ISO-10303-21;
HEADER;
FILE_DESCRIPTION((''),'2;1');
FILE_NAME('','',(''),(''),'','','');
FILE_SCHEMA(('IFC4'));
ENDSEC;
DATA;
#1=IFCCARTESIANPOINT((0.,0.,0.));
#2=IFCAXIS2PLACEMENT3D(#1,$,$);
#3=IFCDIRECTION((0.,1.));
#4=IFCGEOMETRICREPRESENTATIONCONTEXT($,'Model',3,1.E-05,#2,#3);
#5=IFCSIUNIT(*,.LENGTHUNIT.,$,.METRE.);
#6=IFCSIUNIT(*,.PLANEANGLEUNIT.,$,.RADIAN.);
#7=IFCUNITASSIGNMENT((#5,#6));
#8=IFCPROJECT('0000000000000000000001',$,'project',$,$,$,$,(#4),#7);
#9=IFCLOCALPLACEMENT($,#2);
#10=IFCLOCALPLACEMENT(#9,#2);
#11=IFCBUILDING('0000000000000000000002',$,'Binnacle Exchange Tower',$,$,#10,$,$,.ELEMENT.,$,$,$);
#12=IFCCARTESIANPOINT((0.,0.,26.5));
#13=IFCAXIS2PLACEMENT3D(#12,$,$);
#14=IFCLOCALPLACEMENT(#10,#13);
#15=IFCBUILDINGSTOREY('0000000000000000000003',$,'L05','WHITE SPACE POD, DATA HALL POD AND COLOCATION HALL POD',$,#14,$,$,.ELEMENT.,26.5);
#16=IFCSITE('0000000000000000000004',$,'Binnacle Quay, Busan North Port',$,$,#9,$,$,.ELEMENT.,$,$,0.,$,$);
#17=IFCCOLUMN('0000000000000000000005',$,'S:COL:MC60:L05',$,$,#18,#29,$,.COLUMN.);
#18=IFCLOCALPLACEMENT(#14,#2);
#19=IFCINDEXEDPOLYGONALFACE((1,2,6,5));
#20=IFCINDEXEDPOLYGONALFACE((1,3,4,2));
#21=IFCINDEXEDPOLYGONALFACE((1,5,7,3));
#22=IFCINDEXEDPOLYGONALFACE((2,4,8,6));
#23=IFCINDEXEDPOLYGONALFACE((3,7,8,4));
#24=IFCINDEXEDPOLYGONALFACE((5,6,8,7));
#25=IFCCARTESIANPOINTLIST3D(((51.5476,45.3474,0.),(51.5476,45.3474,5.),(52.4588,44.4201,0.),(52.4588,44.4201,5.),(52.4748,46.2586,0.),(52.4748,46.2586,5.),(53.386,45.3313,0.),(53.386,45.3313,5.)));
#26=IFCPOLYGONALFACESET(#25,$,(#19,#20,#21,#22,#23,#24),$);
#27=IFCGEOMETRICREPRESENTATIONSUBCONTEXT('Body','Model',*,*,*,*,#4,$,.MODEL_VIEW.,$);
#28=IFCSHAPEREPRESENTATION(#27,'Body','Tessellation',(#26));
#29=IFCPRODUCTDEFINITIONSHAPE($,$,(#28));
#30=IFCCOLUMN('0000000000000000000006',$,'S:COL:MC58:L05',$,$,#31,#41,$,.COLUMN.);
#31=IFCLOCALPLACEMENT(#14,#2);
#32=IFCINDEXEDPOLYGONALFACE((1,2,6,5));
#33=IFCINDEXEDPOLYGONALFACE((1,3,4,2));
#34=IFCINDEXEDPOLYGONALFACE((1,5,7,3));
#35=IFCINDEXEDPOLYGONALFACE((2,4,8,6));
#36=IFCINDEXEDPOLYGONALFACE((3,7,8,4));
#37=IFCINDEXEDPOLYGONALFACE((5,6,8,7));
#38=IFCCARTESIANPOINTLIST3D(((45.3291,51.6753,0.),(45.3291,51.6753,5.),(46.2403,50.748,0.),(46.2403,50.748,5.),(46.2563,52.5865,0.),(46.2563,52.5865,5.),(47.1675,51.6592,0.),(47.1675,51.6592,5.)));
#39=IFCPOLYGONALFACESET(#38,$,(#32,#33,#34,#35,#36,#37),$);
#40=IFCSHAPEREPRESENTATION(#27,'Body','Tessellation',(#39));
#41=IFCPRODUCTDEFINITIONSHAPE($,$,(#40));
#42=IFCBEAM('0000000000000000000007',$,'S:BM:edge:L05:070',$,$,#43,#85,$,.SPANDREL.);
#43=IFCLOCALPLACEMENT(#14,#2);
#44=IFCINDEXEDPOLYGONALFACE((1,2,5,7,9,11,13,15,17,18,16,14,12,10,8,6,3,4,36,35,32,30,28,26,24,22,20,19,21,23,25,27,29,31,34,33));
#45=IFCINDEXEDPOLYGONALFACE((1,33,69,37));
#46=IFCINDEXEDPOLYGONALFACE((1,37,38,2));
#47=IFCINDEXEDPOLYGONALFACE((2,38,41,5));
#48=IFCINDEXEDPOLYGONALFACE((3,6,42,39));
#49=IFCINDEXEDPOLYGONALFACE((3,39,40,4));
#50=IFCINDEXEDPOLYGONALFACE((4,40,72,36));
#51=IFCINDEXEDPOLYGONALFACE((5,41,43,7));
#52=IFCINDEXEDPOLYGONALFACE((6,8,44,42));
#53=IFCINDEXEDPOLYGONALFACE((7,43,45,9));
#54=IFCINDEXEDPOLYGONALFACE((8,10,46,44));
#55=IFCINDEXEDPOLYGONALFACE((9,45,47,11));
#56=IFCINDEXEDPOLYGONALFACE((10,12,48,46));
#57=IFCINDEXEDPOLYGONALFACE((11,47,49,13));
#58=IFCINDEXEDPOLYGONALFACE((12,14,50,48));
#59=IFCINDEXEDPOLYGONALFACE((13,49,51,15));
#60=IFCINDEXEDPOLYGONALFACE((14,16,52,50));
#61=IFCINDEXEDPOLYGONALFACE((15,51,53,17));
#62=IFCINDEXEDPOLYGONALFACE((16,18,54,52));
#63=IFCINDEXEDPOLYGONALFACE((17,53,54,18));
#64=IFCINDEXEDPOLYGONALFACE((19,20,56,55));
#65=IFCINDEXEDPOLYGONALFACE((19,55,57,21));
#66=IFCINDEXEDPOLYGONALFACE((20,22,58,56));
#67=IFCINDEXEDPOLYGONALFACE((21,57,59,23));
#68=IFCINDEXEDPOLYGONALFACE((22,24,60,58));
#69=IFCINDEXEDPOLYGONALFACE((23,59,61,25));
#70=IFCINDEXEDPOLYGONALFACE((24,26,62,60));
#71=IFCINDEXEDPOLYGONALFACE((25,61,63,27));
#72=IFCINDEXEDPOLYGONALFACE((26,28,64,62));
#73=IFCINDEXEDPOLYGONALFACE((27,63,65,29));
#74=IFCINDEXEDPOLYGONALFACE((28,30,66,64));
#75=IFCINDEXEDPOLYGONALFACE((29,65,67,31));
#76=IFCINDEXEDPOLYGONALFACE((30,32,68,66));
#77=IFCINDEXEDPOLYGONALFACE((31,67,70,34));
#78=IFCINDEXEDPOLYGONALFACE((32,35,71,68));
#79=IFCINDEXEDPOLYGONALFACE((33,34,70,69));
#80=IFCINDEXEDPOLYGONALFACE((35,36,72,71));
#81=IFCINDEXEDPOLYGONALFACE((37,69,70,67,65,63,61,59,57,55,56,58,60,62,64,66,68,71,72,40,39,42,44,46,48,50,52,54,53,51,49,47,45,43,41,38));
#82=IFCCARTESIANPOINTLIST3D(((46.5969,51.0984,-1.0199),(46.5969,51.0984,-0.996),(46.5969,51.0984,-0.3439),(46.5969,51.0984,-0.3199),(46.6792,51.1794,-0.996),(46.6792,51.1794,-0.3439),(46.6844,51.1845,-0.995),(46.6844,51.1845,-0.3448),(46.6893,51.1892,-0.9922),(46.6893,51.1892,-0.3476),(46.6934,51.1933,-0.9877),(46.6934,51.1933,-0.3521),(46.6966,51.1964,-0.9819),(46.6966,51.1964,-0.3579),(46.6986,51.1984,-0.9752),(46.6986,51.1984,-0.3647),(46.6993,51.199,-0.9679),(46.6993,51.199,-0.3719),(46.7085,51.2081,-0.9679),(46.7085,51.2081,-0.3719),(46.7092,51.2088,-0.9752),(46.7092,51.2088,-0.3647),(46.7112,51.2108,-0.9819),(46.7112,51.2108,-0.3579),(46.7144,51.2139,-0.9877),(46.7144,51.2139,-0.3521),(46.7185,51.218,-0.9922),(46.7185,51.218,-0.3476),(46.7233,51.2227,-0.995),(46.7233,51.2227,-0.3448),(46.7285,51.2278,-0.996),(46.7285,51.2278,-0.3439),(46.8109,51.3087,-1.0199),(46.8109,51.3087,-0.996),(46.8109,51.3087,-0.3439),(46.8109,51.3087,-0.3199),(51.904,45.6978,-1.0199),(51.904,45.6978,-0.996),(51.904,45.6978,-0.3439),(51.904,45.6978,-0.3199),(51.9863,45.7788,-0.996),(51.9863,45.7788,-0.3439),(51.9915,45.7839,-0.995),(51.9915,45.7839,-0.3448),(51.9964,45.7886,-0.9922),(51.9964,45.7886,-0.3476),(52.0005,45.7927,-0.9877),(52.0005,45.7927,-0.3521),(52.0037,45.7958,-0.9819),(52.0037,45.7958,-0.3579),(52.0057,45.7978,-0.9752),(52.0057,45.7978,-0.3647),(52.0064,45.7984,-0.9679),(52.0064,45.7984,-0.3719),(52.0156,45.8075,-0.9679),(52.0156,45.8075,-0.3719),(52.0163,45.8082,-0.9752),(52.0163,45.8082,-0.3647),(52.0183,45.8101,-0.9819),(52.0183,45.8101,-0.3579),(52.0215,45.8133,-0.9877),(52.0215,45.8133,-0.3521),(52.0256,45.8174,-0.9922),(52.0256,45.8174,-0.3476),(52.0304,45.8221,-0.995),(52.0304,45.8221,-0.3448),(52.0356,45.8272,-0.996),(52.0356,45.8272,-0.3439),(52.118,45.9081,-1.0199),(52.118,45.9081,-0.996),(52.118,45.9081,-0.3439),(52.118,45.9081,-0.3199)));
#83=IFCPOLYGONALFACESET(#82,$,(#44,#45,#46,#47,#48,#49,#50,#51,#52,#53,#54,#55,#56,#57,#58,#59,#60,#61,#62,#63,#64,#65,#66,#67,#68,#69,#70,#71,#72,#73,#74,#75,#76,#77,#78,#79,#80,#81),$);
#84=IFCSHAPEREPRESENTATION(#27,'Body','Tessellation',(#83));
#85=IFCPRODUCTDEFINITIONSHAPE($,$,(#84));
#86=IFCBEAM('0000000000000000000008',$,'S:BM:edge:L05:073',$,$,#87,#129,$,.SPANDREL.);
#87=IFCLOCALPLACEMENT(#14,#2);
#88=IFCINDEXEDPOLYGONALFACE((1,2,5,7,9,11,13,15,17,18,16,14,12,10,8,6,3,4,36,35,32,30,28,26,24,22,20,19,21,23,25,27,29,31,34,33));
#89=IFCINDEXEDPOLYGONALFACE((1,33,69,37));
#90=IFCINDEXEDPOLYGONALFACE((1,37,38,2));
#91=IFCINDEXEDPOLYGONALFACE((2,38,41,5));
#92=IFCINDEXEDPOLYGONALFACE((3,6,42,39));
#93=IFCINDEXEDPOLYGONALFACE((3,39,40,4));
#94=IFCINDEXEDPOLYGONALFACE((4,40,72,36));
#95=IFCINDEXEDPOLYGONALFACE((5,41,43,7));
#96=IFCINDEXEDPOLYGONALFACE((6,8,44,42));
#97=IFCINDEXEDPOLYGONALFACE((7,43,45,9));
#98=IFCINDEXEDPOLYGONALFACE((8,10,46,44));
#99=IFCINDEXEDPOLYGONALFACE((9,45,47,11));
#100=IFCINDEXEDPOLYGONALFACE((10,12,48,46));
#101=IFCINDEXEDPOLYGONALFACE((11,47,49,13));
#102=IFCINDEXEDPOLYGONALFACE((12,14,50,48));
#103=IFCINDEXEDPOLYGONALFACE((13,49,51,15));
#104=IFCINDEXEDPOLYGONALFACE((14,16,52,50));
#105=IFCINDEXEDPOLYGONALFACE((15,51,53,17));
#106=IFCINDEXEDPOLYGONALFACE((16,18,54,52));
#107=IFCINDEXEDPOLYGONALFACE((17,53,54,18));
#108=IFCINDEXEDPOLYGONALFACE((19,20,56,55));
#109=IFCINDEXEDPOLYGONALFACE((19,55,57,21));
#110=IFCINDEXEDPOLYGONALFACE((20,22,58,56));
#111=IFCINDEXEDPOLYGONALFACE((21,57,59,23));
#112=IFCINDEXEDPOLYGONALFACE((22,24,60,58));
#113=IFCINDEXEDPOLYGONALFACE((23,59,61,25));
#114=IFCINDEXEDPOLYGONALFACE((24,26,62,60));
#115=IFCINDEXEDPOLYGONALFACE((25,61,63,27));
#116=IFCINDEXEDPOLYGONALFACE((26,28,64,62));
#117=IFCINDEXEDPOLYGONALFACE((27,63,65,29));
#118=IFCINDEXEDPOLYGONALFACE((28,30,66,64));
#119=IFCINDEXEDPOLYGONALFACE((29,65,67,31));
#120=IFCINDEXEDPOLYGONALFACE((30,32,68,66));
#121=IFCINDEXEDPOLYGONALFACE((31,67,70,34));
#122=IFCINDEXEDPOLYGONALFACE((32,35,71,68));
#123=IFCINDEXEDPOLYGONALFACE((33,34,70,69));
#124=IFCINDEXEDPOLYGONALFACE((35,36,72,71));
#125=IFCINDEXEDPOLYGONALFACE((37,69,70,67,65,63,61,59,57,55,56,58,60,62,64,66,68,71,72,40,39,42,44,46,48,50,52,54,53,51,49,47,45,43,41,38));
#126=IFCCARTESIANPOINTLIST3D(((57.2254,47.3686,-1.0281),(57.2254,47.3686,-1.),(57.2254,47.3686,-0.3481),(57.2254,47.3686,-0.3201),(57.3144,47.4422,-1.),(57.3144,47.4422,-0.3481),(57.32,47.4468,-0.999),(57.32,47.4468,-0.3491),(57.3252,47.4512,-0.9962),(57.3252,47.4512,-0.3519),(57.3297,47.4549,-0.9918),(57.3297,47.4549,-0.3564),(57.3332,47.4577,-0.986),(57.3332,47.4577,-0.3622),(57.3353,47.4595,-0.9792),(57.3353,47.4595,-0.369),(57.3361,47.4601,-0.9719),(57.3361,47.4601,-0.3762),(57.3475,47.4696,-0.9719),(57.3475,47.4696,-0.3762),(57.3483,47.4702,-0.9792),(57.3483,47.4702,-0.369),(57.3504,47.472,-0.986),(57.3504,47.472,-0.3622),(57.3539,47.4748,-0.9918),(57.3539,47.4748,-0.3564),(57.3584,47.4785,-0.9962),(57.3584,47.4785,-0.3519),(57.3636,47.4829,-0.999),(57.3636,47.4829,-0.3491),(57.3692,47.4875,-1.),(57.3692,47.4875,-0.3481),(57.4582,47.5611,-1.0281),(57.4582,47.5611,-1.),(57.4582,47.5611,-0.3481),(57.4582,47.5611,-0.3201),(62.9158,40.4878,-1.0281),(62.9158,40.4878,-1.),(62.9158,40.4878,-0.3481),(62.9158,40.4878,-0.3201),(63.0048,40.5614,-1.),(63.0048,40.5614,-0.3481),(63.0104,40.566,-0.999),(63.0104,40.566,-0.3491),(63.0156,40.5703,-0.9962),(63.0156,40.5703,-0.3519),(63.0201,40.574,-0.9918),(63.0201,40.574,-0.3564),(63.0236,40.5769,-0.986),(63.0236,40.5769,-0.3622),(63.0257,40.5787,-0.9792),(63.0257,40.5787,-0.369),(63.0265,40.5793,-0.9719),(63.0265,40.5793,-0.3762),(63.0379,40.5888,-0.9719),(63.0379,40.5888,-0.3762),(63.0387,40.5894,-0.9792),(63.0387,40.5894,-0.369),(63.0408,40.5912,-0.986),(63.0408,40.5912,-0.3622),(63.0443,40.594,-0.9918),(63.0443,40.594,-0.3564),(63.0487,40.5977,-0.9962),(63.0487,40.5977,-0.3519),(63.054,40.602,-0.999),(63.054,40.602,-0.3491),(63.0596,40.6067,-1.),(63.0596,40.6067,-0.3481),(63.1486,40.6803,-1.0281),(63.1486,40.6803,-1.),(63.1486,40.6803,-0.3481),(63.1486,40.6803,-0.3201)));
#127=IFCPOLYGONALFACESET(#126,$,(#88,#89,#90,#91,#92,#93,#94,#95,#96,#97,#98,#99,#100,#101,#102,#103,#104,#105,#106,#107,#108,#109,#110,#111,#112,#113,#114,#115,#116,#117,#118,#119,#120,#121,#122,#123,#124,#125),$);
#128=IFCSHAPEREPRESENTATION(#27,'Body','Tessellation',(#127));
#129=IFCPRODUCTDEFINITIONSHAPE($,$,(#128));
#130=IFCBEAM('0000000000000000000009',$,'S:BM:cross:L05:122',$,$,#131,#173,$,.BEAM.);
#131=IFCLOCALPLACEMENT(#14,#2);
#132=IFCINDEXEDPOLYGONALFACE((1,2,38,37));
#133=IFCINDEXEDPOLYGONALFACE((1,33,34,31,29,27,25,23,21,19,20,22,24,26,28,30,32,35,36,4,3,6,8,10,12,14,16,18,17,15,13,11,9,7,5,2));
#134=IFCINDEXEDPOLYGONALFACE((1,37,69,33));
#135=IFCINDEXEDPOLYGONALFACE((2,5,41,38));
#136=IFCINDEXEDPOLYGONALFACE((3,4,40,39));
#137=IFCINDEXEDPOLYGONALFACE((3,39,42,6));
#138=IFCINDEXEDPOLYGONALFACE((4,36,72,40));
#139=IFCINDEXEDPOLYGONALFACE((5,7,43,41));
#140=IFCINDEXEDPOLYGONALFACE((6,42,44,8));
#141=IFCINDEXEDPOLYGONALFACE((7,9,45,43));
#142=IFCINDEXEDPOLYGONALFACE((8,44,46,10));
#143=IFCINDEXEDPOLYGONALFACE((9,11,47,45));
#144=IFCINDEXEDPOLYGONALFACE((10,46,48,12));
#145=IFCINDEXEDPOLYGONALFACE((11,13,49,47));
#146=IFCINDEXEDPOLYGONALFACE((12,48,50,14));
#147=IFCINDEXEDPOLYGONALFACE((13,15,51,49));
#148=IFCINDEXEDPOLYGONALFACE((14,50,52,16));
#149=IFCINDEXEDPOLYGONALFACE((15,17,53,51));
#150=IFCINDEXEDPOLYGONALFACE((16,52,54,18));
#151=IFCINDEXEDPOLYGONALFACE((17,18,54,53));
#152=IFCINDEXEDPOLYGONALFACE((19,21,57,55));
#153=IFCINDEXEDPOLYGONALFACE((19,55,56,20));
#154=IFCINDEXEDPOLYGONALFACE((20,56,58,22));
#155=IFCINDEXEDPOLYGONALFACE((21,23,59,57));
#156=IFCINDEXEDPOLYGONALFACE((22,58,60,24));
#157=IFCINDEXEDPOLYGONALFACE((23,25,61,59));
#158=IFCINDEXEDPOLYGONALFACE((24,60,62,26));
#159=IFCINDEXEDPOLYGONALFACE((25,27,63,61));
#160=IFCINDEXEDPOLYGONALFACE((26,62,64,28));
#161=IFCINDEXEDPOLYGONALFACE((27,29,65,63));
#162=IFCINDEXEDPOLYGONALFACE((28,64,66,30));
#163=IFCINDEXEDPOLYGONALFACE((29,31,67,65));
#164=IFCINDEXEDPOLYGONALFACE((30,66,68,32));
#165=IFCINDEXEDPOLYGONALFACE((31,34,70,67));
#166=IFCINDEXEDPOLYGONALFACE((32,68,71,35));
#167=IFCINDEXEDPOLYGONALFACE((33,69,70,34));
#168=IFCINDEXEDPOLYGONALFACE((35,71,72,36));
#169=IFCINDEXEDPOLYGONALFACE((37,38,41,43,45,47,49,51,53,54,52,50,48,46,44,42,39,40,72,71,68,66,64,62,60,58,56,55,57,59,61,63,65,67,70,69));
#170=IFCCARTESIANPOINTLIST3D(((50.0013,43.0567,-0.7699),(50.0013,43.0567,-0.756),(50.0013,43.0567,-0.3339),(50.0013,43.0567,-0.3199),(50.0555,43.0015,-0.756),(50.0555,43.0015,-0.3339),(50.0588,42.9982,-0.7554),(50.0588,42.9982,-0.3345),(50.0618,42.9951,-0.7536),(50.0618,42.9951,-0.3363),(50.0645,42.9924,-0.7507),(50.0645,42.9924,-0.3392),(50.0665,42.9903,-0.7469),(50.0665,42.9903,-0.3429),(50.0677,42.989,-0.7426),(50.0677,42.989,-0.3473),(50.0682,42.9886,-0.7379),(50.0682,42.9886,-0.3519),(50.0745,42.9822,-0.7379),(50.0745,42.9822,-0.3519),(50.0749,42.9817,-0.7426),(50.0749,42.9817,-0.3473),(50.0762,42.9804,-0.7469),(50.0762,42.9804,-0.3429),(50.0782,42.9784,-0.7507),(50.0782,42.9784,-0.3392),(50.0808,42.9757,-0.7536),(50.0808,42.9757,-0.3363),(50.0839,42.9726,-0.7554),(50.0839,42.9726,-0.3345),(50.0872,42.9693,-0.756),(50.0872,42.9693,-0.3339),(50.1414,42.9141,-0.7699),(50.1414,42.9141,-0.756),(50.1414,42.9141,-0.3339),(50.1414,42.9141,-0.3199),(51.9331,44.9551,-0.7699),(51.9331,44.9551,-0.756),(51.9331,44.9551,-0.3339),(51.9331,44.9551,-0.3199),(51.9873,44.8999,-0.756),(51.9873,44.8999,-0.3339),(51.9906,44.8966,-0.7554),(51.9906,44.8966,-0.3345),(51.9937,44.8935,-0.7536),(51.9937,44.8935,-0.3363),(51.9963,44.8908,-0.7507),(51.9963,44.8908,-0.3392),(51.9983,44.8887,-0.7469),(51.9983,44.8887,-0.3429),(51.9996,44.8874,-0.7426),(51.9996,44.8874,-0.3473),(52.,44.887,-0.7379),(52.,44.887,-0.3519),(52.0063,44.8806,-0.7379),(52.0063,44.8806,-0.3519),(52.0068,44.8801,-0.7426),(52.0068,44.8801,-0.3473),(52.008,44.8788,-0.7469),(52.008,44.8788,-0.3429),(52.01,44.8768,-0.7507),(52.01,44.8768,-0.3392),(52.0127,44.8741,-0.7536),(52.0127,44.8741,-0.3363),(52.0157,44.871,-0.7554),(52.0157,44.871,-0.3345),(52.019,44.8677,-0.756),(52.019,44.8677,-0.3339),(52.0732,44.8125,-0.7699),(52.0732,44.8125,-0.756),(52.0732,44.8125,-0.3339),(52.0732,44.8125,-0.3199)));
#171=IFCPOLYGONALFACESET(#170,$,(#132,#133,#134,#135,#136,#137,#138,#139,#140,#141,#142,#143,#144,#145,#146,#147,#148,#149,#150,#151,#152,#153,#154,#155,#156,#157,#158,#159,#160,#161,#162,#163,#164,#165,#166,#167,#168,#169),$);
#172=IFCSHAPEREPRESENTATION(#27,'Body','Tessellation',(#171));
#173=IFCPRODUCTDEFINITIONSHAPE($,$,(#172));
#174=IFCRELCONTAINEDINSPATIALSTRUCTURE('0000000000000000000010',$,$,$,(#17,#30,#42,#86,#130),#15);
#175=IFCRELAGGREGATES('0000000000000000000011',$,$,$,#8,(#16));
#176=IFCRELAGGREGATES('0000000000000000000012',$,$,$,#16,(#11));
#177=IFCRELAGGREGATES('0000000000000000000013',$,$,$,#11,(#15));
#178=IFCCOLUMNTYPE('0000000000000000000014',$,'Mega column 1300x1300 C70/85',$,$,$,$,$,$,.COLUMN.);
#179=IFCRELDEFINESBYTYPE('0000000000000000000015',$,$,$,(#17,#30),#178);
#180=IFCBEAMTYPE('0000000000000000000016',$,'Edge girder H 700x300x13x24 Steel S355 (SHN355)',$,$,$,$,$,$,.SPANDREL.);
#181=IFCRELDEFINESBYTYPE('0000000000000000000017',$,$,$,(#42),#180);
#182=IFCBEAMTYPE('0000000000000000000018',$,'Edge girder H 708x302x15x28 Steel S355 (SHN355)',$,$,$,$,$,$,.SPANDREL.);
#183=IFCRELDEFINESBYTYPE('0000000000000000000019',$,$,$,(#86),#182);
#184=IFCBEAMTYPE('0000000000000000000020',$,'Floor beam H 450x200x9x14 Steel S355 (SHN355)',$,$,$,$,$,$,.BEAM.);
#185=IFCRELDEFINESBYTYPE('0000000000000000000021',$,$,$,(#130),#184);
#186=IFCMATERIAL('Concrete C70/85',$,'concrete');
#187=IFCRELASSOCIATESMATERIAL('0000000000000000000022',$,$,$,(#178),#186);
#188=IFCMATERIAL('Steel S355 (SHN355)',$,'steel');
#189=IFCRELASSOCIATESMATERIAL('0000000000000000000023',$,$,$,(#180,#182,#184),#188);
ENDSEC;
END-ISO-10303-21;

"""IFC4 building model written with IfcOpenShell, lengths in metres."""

from ifc_helpers import new_model, si_unit, direction, frame, origin, origin_2d, place, context, subcontext, project, spatial, rectangle, i_section, extrude, material, material_profile, profile_set, type_object, element, save


model = new_model("IFC4")

# Units and contexts
model_context = context("Model", 3, precision=1e-05, world=origin(), true_north=direction((0.0, 1.0)))
body_context = subcontext(model_context, "Body", "Model", "MODEL_VIEW")
ifc_project = project(units=[si_unit("LENGTHUNIT", "METRE"), si_unit("PLANEANGLEUNIT", "RADIAN")], contexts=[model_context])

# Site, building, storey
site_placement = place(None, origin())
site = spatial("IfcSite", under=ifc_project, at=site_placement, Name="Binnacle Quay, Busan North Port", CompositionType="ELEMENT", RefElevation=0.0)
building_placement = place(site_placement, origin())
building = spatial("IfcBuilding", under=site, at=building_placement, Name="Binnacle Exchange Tower", CompositionType="ELEMENT")
storey_placement = place(building_placement, frame((0.0, 0.0, 26.5)))
storey = spatial("IfcBuildingStorey", under=building, at=storey_placement, Name="L05", Description="WHITE SPACE POD, DATA HALL POD AND COLOCATION HALL POD", CompositionType="ELEMENT", Elevation=26.5)

# Columns
ifc_material_1 = material(Name="Concrete C70/85", Category="concrete")
ifc_material_profile_1 = material_profile(ifc_material_1, rectangle(XDim=1.3, YDim=1.3, at=origin_2d()), Name="Mega column 1300x1300 C70/85")
ifc_profile_set_1 = profile_set([ifc_material_profile_1], Name="Concrete C70/85")
column_type = type_object("IfcColumnType", Name="Mega column 1300x1300 C70/85", PredefinedType="COLUMN", material=ifc_profile_set_1)
for number, where, z_axis, x_axis, name in (
    (1, (52.4668, 45.3394, 0.0), (0.0, 0.0, 1.0), (-0.700909, 0.71325, 0.0), "S:COL:MC60:L05"),
    (2, (46.2483, 51.6672, 0.0), (0.0, 0.0, 1.0), (-0.700909, 0.71325, 0.0), "S:COL:MC58:L05"),
):
    element("IfcColumn", number, at=place(storey_placement, frame(where, z_axis=z_axis, x_axis=x_axis)), inside=storey, type_object=column_type, Name=name, PredefinedType="COLUMN", context=body_context, shape_type="SweptSolid", body=[
        extrude(rectangle(XDim=1.3, YDim=1.3, at=origin_2d()), origin(), (0.0, 0.0, 1.0), 5.0),
    ])

# Beams
ifc_material_2 = material(Name="Steel S355 (SHN355)", Category="steel")
ifc_material_profile_2 = material_profile(ifc_material_2, i_section(OverallWidth=0.3, OverallDepth=0.7, WebThickness=0.0129, FlangeThickness=0.0239, FilletRadius=0.0281, at=origin_2d()), Name="H 700x300x13x24")
ifc_profile_set_2 = profile_set([ifc_material_profile_2], Name="Steel S355 (SHN355)")
beam_type_1 = type_object("IfcBeamType", Name="Edge girder H 700x300x13x24 Steel S355 (SHN355)", PredefinedType="SPANDREL", material=ifc_profile_set_2)
beam_1_placement = place(storey_placement, frame((52.011, 45.803, -0.6699), z_axis=(-0.700905, 0.713254, 0.0), x_axis=(-0.713254, -0.700905, 0.0)))
element("IfcBeam", 3, at=beam_1_placement, inside=storey, type_object=beam_type_1, Name="S:BM:edge:L05:070", PredefinedType="SPANDREL", context=body_context, shape_type="SweptSolid", body=[
    extrude(i_section(OverallWidth=0.3, OverallDepth=0.7, WebThickness=0.0129, FlangeThickness=0.0239, FilletRadius=0.0281, at=origin_2d()), origin(), (0.0, 0.0, 1.0), 7.5718),
])
ifc_material_profile_3 = material_profile(ifc_material_2, i_section(OverallWidth=0.302, OverallDepth=0.708, WebThickness=0.0149, FlangeThickness=0.0281, FilletRadius=0.0281, at=origin_2d()), Name="H 708x302x15x28")
ifc_profile_set_3 = profile_set([ifc_material_profile_3], Name="Steel S355 (SHN355)")
beam_type_2 = type_object("IfcBeamType", Name="Edge girder H 708x302x15x28 Steel S355 (SHN355)", PredefinedType="SPANDREL", material=ifc_profile_set_3)
beam_2_placement = place(storey_placement, frame((57.3418, 47.4648, -0.6741), z_axis=(0.637297, -0.770618, 0.0), x_axis=(0.770618, 0.637297, 0.0)))
element("IfcBeam", 4, at=beam_2_placement, inside=storey, type_object=beam_type_2, Name="S:BM:edge:L05:073", PredefinedType="SPANDREL", context=body_context, shape_type="SweptSolid", body=[
    extrude(i_section(OverallWidth=0.302, OverallDepth=0.708, WebThickness=0.0149, FlangeThickness=0.0281, FilletRadius=0.0281, at=origin_2d()), origin(), (0.0, 0.0, 1.0), 8.929),
])
ifc_material_profile_4 = material_profile(ifc_material_2, i_section(OverallWidth=0.2, OverallDepth=0.45, WebThickness=0.009, FlangeThickness=0.0139, FilletRadius=0.0181, at=origin_2d()), Name="H 450x200x9x14")
ifc_profile_set_4 = profile_set([ifc_material_profile_4], Name="Steel S355 (SHN355)")
beam_type_3 = type_object("IfcBeamType", Name="Floor beam H 450x200x9x14 Steel S355 (SHN355)", PredefinedType="BEAM", material=ifc_profile_set_4)
beam_3_placement = place(storey_placement, frame((52.0032, 44.8838, -0.5449), z_axis=(-0.713254, -0.700905, 0.0), x_axis=(0.700905, -0.713254, 0.0)))
element("IfcBeam", 5, at=beam_3_placement, inside=storey, type_object=beam_type_3, Name="S:BM:cross:L05:122", PredefinedType="BEAM", context=body_context, shape_type="SweptSolid", body=[
    extrude(i_section(OverallWidth=0.2, OverallDepth=0.45, WebThickness=0.009, FlangeThickness=0.0139, FilletRadius=0.0181, at=origin_2d()), origin(), (0.0, 0.0, 1.0), 2.7085),
])

save(model, "model.ifc")
